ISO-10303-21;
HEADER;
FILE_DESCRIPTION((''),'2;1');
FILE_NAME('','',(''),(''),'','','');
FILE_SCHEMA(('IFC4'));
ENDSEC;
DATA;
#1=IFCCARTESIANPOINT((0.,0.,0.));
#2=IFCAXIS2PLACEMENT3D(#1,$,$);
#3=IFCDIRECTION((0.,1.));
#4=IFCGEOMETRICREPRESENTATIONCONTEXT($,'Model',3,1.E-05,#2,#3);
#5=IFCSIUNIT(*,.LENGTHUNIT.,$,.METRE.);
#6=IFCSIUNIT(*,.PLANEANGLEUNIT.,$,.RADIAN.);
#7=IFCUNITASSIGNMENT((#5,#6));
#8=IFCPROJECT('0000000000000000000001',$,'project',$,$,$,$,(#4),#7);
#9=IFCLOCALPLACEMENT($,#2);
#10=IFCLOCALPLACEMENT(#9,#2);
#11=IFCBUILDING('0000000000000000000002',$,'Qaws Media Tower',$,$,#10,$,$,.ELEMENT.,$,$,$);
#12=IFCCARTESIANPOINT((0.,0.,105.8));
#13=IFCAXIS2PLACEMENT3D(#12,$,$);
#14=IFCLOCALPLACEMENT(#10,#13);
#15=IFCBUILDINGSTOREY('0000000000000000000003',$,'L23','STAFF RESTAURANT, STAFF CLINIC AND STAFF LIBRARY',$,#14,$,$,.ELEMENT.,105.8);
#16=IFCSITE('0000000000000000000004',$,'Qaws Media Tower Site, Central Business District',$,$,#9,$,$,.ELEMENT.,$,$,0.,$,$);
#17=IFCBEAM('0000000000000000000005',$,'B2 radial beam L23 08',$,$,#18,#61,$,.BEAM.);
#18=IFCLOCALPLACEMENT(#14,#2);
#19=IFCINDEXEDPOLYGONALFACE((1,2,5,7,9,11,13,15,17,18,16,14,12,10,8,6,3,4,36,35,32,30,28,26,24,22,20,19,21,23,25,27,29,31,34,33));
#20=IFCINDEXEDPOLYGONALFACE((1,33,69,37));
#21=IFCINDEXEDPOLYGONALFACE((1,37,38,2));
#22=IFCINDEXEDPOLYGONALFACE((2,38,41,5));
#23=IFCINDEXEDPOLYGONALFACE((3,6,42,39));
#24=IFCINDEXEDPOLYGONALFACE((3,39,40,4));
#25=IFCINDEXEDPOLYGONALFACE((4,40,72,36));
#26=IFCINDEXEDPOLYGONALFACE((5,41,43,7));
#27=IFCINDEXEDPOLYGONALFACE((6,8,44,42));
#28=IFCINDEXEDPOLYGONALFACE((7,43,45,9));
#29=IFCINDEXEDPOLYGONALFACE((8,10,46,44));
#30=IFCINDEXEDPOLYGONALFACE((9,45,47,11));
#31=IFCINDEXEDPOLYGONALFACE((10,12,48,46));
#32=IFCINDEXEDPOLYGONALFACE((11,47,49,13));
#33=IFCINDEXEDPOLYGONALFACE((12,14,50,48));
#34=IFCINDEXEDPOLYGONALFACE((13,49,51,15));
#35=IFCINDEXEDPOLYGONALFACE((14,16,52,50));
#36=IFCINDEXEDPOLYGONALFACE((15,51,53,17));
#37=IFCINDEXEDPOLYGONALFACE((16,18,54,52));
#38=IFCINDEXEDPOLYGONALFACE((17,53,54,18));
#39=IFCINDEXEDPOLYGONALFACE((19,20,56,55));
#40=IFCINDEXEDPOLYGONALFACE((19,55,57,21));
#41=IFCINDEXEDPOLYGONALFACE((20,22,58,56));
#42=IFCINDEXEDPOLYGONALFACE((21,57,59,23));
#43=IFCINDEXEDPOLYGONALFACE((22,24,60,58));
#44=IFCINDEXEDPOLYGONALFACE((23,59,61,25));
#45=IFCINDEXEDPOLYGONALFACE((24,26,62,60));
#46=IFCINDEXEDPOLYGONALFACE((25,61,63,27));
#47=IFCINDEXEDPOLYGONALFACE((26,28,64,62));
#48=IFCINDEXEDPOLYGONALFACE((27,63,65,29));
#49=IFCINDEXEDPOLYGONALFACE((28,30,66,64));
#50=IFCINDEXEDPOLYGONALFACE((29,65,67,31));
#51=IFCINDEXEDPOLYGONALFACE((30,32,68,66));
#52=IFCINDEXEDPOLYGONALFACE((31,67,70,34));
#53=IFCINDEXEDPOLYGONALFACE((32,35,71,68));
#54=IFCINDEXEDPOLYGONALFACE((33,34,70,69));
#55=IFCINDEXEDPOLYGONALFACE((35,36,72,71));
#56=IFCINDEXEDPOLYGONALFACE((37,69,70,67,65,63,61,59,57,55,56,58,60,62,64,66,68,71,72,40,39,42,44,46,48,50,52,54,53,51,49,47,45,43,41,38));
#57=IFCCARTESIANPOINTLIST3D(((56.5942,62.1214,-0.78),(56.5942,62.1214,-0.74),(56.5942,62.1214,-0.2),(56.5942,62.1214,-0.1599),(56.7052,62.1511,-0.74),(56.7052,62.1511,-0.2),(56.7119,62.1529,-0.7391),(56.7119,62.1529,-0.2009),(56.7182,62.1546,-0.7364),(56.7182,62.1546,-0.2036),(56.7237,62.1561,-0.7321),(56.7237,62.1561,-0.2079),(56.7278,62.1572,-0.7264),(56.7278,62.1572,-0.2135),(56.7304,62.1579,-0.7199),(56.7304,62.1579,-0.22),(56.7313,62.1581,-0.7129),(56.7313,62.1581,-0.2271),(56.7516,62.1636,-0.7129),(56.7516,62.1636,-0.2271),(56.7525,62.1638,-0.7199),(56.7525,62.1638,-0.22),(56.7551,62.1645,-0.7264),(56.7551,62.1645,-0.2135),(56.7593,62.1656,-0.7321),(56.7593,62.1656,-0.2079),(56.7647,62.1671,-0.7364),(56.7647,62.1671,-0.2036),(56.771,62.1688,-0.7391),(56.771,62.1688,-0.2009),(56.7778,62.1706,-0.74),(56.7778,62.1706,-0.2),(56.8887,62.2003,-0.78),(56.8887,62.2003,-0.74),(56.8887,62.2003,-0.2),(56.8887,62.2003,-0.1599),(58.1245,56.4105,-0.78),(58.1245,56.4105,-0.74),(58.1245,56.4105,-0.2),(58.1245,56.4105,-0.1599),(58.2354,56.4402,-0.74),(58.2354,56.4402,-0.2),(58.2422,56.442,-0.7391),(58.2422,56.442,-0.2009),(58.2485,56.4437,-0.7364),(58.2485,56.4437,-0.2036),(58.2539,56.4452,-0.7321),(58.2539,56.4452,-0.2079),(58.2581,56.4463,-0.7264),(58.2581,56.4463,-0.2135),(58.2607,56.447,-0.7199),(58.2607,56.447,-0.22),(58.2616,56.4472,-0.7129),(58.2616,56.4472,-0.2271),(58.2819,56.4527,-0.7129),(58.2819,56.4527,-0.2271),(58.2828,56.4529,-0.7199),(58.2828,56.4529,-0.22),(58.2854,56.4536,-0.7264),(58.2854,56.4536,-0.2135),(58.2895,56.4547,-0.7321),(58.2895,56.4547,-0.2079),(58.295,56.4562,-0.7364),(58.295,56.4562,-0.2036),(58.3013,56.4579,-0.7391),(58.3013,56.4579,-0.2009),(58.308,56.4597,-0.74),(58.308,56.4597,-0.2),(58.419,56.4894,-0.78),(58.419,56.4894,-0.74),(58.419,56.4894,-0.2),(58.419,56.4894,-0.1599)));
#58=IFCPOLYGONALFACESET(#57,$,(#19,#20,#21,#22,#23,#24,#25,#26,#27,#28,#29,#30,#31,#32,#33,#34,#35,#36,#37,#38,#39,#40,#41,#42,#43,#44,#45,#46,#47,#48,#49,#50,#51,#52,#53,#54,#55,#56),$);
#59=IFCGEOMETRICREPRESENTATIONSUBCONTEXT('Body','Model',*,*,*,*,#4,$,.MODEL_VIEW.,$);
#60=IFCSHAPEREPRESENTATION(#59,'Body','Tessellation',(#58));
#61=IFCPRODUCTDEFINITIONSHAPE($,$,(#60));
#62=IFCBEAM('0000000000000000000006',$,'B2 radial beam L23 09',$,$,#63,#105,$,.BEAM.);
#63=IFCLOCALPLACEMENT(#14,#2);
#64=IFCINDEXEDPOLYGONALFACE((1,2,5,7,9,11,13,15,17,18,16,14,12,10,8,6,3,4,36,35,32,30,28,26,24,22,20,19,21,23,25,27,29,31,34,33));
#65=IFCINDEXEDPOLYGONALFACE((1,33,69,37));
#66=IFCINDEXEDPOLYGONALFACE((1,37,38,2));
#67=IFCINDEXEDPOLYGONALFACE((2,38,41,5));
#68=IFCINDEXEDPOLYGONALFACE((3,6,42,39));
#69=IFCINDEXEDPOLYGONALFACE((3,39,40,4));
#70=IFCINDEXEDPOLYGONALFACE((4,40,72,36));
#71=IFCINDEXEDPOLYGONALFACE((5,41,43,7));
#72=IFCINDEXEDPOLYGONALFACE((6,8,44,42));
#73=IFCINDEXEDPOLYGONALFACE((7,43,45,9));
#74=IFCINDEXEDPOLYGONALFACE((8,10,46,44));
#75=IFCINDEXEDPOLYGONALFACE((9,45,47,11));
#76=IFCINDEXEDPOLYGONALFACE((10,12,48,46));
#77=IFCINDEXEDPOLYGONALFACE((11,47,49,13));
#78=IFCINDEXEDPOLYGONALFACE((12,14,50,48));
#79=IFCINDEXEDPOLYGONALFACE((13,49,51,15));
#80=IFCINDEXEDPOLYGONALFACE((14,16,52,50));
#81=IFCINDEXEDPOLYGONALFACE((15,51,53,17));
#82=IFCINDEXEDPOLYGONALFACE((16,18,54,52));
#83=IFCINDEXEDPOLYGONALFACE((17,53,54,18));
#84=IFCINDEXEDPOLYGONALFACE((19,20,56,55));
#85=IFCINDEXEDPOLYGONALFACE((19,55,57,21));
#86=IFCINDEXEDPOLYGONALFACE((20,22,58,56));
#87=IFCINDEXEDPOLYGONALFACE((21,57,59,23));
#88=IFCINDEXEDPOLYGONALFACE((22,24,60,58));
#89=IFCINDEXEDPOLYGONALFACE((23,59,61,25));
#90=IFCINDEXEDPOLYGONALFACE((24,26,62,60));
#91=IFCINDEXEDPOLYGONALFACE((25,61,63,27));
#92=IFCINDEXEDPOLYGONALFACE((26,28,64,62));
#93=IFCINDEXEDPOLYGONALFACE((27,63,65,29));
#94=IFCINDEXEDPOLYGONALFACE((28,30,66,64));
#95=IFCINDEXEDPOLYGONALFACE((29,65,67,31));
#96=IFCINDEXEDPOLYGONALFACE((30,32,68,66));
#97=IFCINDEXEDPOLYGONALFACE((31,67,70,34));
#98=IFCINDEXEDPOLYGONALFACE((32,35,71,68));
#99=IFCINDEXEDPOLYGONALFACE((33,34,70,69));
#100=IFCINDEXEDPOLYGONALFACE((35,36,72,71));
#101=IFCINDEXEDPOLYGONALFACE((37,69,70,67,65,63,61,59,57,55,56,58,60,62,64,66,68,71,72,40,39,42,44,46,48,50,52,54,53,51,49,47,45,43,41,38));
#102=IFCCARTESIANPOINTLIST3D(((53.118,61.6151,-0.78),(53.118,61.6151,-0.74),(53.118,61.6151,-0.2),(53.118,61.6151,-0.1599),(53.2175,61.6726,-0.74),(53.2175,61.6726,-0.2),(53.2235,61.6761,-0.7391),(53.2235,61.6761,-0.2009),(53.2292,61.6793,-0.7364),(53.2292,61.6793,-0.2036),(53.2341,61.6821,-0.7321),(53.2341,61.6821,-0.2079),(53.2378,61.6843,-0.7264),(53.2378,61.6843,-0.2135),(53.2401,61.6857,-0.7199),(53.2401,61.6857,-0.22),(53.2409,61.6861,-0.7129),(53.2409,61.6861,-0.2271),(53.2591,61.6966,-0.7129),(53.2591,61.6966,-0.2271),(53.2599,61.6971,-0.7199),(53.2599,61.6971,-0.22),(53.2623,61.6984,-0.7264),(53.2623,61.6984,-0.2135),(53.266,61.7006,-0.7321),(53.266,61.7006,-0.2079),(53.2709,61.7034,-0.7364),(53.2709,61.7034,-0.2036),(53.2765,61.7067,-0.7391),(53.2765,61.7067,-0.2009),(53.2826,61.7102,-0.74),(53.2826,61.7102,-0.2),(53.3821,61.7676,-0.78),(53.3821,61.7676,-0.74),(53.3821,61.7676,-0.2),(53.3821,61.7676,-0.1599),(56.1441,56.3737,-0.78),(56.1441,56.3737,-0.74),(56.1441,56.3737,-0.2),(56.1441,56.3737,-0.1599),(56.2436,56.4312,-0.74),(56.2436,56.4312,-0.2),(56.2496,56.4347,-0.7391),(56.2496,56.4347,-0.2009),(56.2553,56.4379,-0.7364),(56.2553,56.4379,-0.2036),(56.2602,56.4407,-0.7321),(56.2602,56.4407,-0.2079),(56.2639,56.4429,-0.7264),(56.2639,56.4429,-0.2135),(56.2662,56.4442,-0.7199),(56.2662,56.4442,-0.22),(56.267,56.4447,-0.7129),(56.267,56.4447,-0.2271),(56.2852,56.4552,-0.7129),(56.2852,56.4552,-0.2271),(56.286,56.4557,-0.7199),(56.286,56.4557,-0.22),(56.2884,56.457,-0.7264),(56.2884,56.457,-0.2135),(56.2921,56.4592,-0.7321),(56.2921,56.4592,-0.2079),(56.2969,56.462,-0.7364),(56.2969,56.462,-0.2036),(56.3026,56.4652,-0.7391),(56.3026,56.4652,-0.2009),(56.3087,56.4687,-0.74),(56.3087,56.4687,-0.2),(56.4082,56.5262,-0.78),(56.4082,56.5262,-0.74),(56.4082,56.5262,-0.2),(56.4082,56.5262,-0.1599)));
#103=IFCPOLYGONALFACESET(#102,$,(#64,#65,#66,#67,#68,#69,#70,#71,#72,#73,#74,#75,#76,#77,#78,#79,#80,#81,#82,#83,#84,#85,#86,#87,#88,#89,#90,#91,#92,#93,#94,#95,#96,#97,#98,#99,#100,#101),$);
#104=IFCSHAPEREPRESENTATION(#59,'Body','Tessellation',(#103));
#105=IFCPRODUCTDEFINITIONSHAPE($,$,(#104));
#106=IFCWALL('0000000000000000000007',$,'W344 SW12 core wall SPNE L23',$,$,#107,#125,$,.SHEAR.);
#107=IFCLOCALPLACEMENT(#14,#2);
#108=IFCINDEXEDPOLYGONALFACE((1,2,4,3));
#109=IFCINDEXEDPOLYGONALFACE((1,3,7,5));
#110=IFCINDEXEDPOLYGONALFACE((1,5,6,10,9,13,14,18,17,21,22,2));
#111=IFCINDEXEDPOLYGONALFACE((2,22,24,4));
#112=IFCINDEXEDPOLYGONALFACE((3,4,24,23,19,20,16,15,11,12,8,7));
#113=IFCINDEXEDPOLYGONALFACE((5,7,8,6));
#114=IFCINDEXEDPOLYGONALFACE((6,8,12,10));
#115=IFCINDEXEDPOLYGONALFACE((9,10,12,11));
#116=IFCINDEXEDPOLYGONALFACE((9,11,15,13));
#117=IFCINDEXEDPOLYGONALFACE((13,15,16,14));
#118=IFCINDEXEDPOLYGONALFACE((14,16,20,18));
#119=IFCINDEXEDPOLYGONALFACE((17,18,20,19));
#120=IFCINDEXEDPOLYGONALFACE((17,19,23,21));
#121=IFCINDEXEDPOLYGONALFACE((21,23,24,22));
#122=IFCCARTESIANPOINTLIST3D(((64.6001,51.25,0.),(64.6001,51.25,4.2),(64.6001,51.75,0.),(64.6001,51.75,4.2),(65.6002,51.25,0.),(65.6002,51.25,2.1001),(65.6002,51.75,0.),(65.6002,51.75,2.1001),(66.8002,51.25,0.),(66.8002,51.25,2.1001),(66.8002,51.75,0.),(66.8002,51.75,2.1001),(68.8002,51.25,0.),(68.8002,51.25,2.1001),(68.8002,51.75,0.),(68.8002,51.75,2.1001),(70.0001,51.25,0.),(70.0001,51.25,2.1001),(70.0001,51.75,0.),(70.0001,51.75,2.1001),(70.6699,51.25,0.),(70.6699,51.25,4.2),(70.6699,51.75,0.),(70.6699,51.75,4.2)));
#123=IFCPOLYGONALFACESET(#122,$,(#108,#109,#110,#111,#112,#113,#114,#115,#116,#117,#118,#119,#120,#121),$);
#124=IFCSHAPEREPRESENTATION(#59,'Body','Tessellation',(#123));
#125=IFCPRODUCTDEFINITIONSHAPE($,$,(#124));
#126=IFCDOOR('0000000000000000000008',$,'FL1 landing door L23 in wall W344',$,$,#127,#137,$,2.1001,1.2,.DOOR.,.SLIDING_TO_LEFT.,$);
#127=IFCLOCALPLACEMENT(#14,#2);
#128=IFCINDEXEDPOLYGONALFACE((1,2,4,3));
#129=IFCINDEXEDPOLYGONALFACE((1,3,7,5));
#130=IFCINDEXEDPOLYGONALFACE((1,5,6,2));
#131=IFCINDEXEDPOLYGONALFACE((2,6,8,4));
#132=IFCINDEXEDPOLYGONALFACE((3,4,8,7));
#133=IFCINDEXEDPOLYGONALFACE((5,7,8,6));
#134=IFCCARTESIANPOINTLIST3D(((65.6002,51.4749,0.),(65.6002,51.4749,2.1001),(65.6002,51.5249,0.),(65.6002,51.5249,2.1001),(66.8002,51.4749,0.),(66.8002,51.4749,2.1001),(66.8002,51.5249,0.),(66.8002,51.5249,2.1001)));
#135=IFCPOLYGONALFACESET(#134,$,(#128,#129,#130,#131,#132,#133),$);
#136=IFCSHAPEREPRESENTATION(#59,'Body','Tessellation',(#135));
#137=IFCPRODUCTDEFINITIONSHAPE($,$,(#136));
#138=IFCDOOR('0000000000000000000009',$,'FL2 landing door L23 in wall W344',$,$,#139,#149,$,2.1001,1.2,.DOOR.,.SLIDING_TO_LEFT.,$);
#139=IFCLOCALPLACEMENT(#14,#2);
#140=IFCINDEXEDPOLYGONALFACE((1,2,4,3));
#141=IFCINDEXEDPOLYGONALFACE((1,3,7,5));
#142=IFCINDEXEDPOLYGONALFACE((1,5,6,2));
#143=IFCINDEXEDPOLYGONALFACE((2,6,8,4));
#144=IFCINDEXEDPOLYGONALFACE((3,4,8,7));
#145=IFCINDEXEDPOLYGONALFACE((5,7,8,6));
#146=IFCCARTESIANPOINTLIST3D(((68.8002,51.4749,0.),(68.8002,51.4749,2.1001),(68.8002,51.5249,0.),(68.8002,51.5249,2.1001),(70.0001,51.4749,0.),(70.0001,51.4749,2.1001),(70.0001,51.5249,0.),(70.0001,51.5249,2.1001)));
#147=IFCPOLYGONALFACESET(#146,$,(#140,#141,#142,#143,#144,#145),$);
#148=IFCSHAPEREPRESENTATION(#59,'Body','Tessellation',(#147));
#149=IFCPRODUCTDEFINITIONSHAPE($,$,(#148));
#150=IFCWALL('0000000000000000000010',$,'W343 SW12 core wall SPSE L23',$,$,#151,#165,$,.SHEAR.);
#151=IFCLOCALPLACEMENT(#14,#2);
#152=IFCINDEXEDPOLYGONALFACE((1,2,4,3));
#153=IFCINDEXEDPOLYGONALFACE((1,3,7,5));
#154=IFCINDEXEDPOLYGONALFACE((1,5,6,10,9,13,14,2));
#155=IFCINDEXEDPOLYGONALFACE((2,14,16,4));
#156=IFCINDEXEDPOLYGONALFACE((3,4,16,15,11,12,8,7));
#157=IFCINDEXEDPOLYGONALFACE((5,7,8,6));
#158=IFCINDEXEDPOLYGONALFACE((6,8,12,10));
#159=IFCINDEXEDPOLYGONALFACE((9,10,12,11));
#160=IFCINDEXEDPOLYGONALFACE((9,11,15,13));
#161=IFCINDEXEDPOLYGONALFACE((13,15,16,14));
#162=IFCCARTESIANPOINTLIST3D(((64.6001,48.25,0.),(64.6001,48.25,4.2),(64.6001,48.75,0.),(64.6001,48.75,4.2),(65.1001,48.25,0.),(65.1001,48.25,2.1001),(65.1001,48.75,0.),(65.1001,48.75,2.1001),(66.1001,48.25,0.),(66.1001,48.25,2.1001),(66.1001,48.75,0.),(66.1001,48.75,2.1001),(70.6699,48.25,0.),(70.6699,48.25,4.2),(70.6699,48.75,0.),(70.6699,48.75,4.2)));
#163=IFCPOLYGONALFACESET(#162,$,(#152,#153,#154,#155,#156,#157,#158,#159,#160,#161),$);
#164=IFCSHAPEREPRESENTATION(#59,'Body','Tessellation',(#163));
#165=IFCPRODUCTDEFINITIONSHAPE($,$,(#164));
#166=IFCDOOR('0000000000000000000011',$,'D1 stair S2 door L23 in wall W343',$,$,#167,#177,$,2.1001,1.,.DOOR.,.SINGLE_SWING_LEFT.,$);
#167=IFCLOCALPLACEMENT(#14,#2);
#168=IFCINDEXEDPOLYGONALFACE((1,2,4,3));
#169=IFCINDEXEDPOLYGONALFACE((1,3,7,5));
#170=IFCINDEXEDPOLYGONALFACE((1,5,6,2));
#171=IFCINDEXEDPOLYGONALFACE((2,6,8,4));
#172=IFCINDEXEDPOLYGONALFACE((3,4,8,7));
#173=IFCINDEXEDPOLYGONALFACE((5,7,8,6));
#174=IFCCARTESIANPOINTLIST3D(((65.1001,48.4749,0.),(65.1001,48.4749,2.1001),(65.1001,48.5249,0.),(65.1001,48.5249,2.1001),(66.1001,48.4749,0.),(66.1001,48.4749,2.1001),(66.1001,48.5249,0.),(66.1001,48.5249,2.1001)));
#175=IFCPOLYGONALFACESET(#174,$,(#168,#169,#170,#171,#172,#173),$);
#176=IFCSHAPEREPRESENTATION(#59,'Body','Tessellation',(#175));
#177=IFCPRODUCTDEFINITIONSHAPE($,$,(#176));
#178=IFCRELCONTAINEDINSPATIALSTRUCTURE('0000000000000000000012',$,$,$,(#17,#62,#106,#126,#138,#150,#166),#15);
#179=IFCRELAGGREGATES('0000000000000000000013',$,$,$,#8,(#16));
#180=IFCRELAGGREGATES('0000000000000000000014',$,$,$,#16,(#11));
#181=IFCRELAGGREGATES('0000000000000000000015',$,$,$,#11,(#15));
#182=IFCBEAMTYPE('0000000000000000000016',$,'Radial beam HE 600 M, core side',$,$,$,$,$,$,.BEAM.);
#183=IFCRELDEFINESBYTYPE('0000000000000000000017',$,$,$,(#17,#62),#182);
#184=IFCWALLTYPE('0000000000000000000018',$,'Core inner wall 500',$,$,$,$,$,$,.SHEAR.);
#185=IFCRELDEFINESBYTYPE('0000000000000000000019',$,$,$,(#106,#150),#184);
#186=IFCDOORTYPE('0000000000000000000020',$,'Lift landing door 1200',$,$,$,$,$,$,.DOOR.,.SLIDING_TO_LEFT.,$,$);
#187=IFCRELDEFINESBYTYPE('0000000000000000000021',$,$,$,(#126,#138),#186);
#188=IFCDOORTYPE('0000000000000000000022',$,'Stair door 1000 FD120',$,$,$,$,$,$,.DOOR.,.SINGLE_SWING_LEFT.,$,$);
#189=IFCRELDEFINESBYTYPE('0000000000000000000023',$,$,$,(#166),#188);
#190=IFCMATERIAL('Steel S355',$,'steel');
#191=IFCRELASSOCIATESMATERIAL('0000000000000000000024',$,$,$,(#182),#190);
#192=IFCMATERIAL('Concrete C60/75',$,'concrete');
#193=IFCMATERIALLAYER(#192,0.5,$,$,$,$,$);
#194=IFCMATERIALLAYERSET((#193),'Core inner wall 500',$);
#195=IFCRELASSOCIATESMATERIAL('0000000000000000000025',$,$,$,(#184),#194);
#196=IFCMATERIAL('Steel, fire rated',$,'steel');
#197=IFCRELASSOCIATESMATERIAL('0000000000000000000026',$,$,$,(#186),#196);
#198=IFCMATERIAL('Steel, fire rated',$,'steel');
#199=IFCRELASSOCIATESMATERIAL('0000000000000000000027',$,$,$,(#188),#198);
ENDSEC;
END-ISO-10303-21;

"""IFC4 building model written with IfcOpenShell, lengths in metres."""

from ifc_helpers import new_model, si_unit, direction, frame, frame_2d, origin, origin_2d, place, context, subcontext, project, spatial, rectangle, i_section, extrude, material, layer, layer_set, material_profile, profile_set, type_object, element, fill, save


model = new_model("IFC4")

# Units and contexts
model_context = context("Model", 3, precision=1e-05, world=origin(), true_north=direction((0.0, 1.0)))
body_context = subcontext(model_context, "Body", "Model", "MODEL_VIEW")
ifc_project = project(units=[si_unit("LENGTHUNIT", "METRE"), si_unit("PLANEANGLEUNIT", "RADIAN")], contexts=[model_context])

# Site, building, storey
site_placement = place(None, origin())
site = spatial("IfcSite", under=ifc_project, at=site_placement, Name="Qaws Media Tower Site, Central Business District", CompositionType="ELEMENT", RefElevation=0.0)
building_placement = place(site_placement, origin())
building = spatial("IfcBuilding", under=site, at=building_placement, Name="Qaws Media Tower", CompositionType="ELEMENT")
storey_placement = place(building_placement, frame((0.0, 0.0, 105.8)))
storey = spatial("IfcBuildingStorey", under=building, at=storey_placement, Name="L23", Description="STAFF RESTAURANT, STAFF CLINIC AND STAFF LIBRARY", CompositionType="ELEMENT", Elevation=105.8)

# Beams
ifc_material_1 = material(Name="Steel S355", Category="steel")
ifc_material_profile = material_profile(ifc_material_1, i_section(OverallWidth=0.3049, OverallDepth=0.6201, WebThickness=0.021, FlangeThickness=0.04, FilletRadius=0.0271, at=origin_2d()), Name="HE 600 M")
ifc_profile_set = profile_set([ifc_material_profile], Name="Steel S355")
beam_type = type_object("IfcBeamType", Name="Radial beam HE 600 M, core side", PredefinedType="BEAM", material=ifc_profile_set)
beam_1_placement = place(storey_placement, frame((58.2717, 56.45, -0.47), z_axis=(-0.258824, 0.965924, 0.0), x_axis=(-0.965924, -0.258824, 0.0)))
element("IfcBeam", 1, at=beam_1_placement, inside=storey, type_object=beam_type, Name="B2 radial beam L23 08", PredefinedType="BEAM", context=body_context, shape_type="SweptSolid", body=[
    extrude(i_section(OverallWidth=0.3049, OverallDepth=0.6201, WebThickness=0.021, FlangeThickness=0.04, FilletRadius=0.0271, at=origin_2d()), origin(), (0.0, 0.0, 1.0), 5.9124),
])
beam_2_placement = place(storey_placement, frame((56.2761, 56.45, -0.47), z_axis=(-0.499996, 0.866028, 0.0), x_axis=(-0.866028, -0.499996, 0.0)))
element("IfcBeam", 2, at=beam_2_placement, inside=storey, type_object=beam_type, Name="B2 radial beam L23 09", PredefinedType="BEAM", context=body_context, shape_type="SweptSolid", body=[
    extrude(i_section(OverallWidth=0.3049, OverallDepth=0.6201, WebThickness=0.021, FlangeThickness=0.04, FilletRadius=0.0271, at=origin_2d()), origin(), (0.0, 0.0, 1.0), 6.0522),
])

# Wall, openings, doors
ifc_material_2 = material(Name="Concrete C60/75", Category="concrete")
ifc_layer_1 = layer(ifc_material_2, 0.5)
ifc_layer_set_1 = layer_set([ifc_layer_1], Name="Core inner wall 500")
wall_type_1 = type_object("IfcWallType", Name="Core inner wall 500", PredefinedType="SHEAR", material=ifc_layer_set_1)
wall_1_placement = place(storey_placement, frame((64.6001, 51.5, 0.0), z_axis=(0.0, 0.0, 1.0), x_axis=(1.0, 0.0, 0.0)))
wall_1 = element("IfcWall", 3, at=wall_1_placement, inside=storey, type_object=wall_type_1, Name="W344 SW12 core wall SPNE L23", PredefinedType="SHEAR", context=body_context, shape_type="SweptSolid", body=[
    extrude(rectangle(XDim=6.0698, YDim=0.5, at=frame_2d((3.0349, 0.0))), origin(), (0.0, 0.0, 1.0), 4.2),
])
opening_1_placement = place(wall_1_placement, frame((1.0, 0.0, 0.0)))
opening_1 = element("IfcOpeningElement", 4, at=opening_1_placement, cuts=wall_1, PredefinedType="OPENING", context=body_context, shape_type="SweptSolid", body=[
    extrude(rectangle(XDim=1.2, YDim=2.1001, at=frame_2d((0.6001, 1.05))), frame((0.0, 0.26, 0.0), z_axis=(0.0, -1.0, 0.0), x_axis=(1.0, 0.0, 0.0)), (0.0, 0.0, 1.0), 0.52),
])
opening_2_placement = place(wall_1_placement, frame((4.2, 0.0, 0.0)))
opening_2 = element("IfcOpeningElement", 5, at=opening_2_placement, cuts=wall_1, PredefinedType="OPENING", context=body_context, shape_type="SweptSolid", body=[
    extrude(rectangle(XDim=1.2, YDim=2.1001, at=frame_2d((0.6001, 1.05))), frame((0.0, 0.26, 0.0), z_axis=(0.0, -1.0, 0.0), x_axis=(1.0, 0.0, 0.0)), (0.0, 0.0, 1.0), 0.52),
])
ifc_material_3 = material(Name="Steel, fire rated", Category="steel")
door_type_1 = type_object("IfcDoorType", Name="Lift landing door 1200", OperationType="SLIDING_TO_LEFT", PredefinedType="DOOR", material=ifc_material_3)
door_1_placement = place(opening_1_placement, origin())
door_1 = element("IfcDoor", 6, at=door_1_placement, inside=storey, type_object=door_type_1, Name="FL1 landing door L23 in wall W344", OperationType="SLIDING_TO_LEFT", OverallHeight=2.1001, OverallWidth=1.2, PredefinedType="DOOR", context=body_context, shape_type="SweptSolid", body=[
    extrude(rectangle(XDim=1.2, YDim=2.1001, at=frame_2d((0.6001, 1.05))), frame((0.0, 0.0249, 0.0), z_axis=(0.0, -1.0, 0.0), x_axis=(1.0, 0.0, 0.0)), (0.0, 0.0, 1.0), 0.05),
])
fill(opening_1, door_1)
door_2_placement = place(opening_2_placement, origin())
door_2 = element("IfcDoor", 7, at=door_2_placement, inside=storey, type_object=door_type_1, Name="FL2 landing door L23 in wall W344", OperationType="SLIDING_TO_LEFT", OverallHeight=2.1001, OverallWidth=1.2, PredefinedType="DOOR", context=body_context, shape_type="SweptSolid", body=[
    extrude(rectangle(XDim=1.2, YDim=2.1001, at=frame_2d((0.6001, 1.05))), frame((0.0, 0.0249, 0.0), z_axis=(0.0, -1.0, 0.0), x_axis=(1.0, 0.0, 0.0)), (0.0, 0.0, 1.0), 0.05),
])
fill(opening_2, door_2)

# Wall, opening, door
wall_2_placement = place(storey_placement, frame((64.6001, 48.5, 0.0), z_axis=(0.0, 0.0, 1.0), x_axis=(1.0, 0.0, 0.0)))
wall_2 = element("IfcWall", 8, at=wall_2_placement, inside=storey, type_object=wall_type_1, Name="W343 SW12 core wall SPSE L23", PredefinedType="SHEAR", context=body_context, shape_type="SweptSolid", body=[
    extrude(rectangle(XDim=6.0698, YDim=0.5, at=frame_2d((3.0349, 0.0))), origin(), (0.0, 0.0, 1.0), 4.2),
])
opening_3_placement = place(wall_2_placement, frame((0.5, 0.0, 0.0)))
opening_3 = element("IfcOpeningElement", 9, at=opening_3_placement, cuts=wall_2, PredefinedType="OPENING", context=body_context, shape_type="SweptSolid", body=[
    extrude(rectangle(XDim=1.0, YDim=2.1001, at=frame_2d((0.5, 1.05))), frame((0.0, 0.26, 0.0), z_axis=(0.0, -1.0, 0.0), x_axis=(1.0, 0.0, 0.0)), (0.0, 0.0, 1.0), 0.52),
])
ifc_material_4 = material(Name="Steel, fire rated", Category="steel")
door_type_2 = type_object("IfcDoorType", Name="Stair door 1000 FD120", OperationType="SINGLE_SWING_LEFT", PredefinedType="DOOR", material=ifc_material_4)
door_3_placement = place(opening_3_placement, origin())
door_3 = element("IfcDoor", 10, at=door_3_placement, inside=storey, type_object=door_type_2, Name="D1 stair S2 door L23 in wall W343", OperationType="SINGLE_SWING_LEFT", OverallHeight=2.1001, OverallWidth=1.0, PredefinedType="DOOR", context=body_context, shape_type="SweptSolid", body=[
    extrude(rectangle(XDim=1.0, YDim=2.1001, at=frame_2d((0.5, 1.05))), frame((0.0, 0.0249, 0.0), z_axis=(0.0, -1.0, 0.0), x_axis=(1.0, 0.0, 0.0)), (0.0, 0.0, 1.0), 0.05),
])
fill(opening_3, door_3)

save(model, "model.ifc")
